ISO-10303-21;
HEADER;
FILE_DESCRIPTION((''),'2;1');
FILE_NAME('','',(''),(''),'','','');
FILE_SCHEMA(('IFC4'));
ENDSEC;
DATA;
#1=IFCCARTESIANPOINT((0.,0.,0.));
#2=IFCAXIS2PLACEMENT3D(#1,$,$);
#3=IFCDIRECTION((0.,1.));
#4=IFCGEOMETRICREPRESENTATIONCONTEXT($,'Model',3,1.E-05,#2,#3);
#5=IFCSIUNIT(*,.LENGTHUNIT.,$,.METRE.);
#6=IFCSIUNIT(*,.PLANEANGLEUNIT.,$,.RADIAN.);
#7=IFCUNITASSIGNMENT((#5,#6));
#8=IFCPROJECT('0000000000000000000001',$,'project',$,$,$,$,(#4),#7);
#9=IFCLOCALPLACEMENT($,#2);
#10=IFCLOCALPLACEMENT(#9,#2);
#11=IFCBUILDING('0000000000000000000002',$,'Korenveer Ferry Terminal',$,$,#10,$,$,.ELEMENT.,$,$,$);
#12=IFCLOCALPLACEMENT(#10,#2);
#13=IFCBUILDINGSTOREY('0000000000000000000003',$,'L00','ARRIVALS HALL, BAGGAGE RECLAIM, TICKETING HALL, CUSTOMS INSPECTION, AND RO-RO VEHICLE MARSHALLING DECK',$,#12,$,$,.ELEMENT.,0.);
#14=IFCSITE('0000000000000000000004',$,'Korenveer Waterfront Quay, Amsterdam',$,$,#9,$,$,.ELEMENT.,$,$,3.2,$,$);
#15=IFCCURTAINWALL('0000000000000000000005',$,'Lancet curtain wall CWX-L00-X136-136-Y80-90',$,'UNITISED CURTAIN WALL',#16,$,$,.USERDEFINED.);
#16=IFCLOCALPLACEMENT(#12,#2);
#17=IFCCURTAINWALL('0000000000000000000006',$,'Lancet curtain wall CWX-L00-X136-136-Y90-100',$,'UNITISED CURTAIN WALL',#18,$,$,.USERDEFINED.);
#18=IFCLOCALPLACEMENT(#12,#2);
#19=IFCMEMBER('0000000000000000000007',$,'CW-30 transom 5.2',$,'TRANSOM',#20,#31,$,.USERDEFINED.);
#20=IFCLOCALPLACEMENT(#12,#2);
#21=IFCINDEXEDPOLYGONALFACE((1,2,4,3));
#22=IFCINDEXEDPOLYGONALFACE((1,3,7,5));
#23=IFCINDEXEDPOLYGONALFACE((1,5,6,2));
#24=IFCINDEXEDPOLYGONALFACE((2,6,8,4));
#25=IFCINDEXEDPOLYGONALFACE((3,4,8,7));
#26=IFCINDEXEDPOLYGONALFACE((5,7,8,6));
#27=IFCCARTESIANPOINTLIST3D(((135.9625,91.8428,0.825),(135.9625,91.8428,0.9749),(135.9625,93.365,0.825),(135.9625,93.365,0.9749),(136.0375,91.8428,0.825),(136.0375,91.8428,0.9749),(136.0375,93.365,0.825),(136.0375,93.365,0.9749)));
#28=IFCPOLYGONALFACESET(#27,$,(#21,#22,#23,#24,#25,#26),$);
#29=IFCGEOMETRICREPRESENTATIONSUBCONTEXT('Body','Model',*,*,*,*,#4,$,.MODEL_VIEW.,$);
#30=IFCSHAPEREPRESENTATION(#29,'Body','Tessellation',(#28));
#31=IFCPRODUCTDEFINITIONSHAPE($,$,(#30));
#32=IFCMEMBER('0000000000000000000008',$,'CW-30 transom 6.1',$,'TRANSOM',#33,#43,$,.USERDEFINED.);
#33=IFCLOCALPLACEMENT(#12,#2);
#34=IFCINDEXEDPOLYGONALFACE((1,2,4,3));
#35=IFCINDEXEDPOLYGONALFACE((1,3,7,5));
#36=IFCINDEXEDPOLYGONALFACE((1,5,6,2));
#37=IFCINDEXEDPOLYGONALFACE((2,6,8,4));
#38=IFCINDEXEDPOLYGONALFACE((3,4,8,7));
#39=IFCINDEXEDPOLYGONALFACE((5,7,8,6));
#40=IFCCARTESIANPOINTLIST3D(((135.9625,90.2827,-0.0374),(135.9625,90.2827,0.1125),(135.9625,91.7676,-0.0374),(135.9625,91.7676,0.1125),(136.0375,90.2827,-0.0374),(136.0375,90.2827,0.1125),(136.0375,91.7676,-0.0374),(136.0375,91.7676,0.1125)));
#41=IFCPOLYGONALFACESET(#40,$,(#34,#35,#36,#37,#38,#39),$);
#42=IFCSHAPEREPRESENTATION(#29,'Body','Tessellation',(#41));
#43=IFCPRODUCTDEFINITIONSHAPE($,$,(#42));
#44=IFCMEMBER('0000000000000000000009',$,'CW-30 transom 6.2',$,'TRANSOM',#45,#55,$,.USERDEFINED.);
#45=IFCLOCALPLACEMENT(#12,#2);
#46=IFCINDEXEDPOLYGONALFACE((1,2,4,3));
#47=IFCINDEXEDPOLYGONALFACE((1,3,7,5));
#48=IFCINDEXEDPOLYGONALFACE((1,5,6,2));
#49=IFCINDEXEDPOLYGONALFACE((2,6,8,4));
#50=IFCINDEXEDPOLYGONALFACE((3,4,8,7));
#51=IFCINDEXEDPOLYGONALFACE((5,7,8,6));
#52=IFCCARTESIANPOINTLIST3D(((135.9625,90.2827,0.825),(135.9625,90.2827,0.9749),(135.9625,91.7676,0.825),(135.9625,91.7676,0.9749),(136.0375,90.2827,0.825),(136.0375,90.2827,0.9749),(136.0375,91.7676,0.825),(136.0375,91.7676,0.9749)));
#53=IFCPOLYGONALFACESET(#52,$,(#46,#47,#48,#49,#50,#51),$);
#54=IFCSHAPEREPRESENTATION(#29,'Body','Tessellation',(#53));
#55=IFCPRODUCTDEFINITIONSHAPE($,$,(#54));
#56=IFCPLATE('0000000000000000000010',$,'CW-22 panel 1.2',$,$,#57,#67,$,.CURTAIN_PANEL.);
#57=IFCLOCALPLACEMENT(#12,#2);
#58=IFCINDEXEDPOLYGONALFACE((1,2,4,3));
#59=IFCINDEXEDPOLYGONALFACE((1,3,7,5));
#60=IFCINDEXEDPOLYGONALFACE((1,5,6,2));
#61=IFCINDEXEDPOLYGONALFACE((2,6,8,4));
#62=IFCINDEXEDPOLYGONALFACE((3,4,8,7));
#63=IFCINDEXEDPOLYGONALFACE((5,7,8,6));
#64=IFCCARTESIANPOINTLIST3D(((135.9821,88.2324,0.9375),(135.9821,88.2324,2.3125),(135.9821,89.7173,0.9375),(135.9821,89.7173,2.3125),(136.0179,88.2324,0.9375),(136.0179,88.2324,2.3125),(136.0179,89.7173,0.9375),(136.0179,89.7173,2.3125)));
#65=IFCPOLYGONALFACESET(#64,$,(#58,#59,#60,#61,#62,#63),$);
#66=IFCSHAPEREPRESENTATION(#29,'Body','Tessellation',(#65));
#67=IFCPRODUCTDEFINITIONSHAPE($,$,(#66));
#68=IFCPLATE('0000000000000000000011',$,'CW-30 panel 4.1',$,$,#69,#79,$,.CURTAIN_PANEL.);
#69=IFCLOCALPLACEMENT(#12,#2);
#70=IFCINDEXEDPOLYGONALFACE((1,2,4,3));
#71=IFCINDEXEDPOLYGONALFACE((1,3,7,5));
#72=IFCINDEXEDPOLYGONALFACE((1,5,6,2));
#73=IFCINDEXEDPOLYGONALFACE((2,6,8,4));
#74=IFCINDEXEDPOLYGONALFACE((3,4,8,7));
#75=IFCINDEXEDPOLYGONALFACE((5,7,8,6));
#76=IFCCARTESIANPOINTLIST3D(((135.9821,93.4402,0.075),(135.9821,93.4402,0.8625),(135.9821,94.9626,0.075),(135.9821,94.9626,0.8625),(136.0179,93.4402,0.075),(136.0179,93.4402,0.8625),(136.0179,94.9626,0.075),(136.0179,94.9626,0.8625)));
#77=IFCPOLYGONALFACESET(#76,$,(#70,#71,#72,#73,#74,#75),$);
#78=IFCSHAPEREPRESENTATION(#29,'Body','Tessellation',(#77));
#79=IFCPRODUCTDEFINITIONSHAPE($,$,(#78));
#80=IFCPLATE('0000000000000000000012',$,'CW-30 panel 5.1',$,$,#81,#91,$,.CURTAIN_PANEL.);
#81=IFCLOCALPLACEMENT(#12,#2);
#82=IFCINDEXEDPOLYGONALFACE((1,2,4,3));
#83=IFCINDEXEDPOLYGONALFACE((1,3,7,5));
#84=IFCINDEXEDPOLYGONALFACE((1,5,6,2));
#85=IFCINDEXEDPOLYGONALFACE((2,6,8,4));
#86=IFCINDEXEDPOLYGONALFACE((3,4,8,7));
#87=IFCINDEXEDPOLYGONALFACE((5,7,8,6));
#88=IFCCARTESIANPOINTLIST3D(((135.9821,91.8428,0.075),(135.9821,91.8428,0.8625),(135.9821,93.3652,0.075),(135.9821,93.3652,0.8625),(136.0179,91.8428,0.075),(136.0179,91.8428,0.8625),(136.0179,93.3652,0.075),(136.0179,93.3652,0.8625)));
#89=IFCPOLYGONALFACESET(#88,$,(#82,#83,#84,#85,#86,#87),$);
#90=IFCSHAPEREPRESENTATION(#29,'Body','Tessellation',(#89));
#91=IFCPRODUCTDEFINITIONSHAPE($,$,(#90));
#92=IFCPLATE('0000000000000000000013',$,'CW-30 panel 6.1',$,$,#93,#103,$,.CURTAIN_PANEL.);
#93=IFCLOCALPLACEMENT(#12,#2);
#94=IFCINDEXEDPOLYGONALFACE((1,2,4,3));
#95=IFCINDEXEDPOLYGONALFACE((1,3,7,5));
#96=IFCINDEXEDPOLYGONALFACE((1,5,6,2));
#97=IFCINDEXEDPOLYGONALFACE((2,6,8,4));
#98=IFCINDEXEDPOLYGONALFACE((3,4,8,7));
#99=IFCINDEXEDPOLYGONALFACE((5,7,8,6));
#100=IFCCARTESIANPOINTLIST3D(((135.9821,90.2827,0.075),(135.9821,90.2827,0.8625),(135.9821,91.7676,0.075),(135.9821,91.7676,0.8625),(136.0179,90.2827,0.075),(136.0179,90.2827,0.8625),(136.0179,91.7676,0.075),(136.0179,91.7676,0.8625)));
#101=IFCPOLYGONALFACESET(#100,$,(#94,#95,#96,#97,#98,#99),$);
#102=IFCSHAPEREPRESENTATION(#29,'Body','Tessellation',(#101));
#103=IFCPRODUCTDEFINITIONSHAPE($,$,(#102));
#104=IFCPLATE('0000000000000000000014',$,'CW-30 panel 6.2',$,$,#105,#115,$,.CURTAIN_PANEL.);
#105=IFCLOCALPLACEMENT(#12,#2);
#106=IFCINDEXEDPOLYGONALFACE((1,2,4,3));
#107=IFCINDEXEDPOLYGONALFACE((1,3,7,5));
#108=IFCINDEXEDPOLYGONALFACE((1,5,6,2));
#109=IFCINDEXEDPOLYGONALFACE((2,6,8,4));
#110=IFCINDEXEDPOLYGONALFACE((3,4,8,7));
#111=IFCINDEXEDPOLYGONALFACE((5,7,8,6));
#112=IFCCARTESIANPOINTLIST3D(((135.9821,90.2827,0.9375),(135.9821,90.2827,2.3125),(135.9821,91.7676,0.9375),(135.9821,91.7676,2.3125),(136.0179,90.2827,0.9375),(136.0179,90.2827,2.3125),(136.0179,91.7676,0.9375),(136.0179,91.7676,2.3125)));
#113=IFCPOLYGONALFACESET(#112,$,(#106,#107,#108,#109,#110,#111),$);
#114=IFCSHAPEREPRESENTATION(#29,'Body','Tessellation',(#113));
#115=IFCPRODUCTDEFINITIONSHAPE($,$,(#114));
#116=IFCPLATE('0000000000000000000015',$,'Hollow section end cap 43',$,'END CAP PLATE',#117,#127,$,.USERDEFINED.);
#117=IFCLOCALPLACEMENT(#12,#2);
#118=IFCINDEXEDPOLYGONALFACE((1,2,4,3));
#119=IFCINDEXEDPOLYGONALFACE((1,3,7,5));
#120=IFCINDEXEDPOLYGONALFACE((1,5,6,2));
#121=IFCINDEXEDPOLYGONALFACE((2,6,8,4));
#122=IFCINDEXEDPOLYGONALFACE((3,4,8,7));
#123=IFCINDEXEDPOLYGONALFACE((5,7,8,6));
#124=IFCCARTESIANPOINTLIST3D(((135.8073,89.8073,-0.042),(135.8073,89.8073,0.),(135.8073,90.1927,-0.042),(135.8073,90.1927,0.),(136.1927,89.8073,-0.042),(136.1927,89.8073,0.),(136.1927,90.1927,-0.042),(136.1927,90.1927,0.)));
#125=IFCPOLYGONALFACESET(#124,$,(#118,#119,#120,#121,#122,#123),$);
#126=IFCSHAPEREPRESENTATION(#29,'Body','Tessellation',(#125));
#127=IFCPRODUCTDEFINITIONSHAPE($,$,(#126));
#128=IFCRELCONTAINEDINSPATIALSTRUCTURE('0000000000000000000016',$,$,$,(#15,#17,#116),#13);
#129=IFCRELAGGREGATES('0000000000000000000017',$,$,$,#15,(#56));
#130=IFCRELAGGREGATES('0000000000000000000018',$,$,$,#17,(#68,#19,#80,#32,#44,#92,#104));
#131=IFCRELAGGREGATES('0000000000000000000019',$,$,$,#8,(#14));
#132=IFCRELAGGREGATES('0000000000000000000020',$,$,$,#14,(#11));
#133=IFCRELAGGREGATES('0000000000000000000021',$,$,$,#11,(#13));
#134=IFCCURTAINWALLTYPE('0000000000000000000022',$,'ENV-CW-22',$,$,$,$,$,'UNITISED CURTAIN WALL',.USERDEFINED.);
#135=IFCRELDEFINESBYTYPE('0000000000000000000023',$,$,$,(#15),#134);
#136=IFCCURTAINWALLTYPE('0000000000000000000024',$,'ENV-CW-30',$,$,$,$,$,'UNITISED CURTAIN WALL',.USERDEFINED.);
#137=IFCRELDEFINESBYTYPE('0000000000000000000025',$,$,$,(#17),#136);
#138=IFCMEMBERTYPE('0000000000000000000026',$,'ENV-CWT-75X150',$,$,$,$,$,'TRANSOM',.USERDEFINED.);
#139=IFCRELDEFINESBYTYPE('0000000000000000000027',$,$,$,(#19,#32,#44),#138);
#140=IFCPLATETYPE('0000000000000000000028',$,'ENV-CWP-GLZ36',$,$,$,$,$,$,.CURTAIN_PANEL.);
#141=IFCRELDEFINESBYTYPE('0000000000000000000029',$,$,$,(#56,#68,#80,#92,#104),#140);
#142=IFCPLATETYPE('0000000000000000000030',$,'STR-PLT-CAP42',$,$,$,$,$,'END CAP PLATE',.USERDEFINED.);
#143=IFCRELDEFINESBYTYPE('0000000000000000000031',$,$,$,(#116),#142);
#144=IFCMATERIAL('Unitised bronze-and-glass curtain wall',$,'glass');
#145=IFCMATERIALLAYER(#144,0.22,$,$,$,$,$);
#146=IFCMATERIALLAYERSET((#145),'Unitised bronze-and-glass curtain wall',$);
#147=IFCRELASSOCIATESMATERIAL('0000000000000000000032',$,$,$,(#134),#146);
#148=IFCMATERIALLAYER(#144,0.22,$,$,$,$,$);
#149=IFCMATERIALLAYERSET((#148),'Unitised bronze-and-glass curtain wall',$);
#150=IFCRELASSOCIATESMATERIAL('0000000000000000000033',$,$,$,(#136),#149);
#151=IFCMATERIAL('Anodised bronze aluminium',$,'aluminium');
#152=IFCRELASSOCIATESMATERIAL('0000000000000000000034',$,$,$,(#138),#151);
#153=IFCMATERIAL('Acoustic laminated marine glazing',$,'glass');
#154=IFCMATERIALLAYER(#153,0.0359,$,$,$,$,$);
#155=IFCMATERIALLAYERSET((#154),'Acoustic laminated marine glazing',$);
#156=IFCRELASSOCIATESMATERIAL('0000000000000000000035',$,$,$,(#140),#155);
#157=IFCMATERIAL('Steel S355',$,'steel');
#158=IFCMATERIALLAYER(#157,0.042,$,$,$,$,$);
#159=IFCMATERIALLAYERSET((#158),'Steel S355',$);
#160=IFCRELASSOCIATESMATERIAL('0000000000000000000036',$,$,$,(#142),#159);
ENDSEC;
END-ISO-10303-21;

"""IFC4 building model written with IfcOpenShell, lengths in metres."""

from ifc_helpers import new_model, si_unit, direction, frame, origin, origin_2d, place, context, subcontext, project, spatial, rectangle, extrude, material, layer, layer_set, material_profile, profile_set, type_object, element, aggregate, save


model = new_model("IFC4")

# Units and contexts
model_context = context("Model", 3, precision=1e-05, world=origin(), true_north=direction((0.0, 1.0)))
body_context = subcontext(model_context, "Body", "Model", "MODEL_VIEW")
ifc_project = project(units=[si_unit("LENGTHUNIT", "METRE"), si_unit("PLANEANGLEUNIT", "RADIAN")], contexts=[model_context])

# Site, building, storey
site_placement = place(None, origin())
site = spatial("IfcSite", under=ifc_project, at=site_placement, Name="Korenveer Waterfront Quay, Amsterdam", CompositionType="ELEMENT", RefElevation=3.2)
building_placement = place(site_placement, origin())
building = spatial("IfcBuilding", under=site, at=building_placement, Name="Korenveer Ferry Terminal", CompositionType="ELEMENT")
storey_placement = place(building_placement, origin())
storey = spatial("IfcBuildingStorey", under=building, at=storey_placement, Name="L00", Description="ARRIVALS HALL, BAGGAGE RECLAIM, TICKETING HALL, CUSTOMS INSPECTION, AND RO-RO VEHICLE MARSHALLING DECK", CompositionType="ELEMENT", Elevation=0.0)

# Shared definitions
ifc_material_1 = material(Name="Steel S355", Category="steel")

# Curtain wall
ifc_material_2 = material(Name="Unitised bronze-and-glass curtain wall", Category="glass")
ifc_layer_1 = layer(ifc_material_2, 0.22)
ifc_layer_set_1 = layer_set([ifc_layer_1], Name="Unitised bronze-and-glass curtain wall")
curtain_wall_type_1 = type_object("IfcCurtainWallType", Name="ENV-CW-22", ElementType="UNITISED CURTAIN WALL", PredefinedType="USERDEFINED", material=ifc_layer_set_1)
curtain_wall_1_placement = place(storey_placement, frame((136.0, 89.7922, 0.0)))
curtain_wall_1 = element("IfcCurtainWall", 1, at=curtain_wall_1_placement, inside=storey, type_object=curtain_wall_type_1, Name="Lancet curtain wall CWX-L00-X136-136-Y80-90", ObjectType="UNITISED CURTAIN WALL", PredefinedType="USERDEFINED")
ifc_material_3 = material(Name="Anodised bronze aluminium", Category="aluminium")

# Curtain wall
ifc_layer_2 = layer(ifc_material_2, 0.22)
ifc_layer_set_2 = layer_set([ifc_layer_2], Name="Unitised bronze-and-glass curtain wall")
curtain_wall_type_2 = type_object("IfcCurtainWallType", Name="ENV-CW-30", ElementType="UNITISED CURTAIN WALL", PredefinedType="USERDEFINED", material=ifc_layer_set_2)
curtain_wall_2_placement = place(storey_placement, frame((136.0, 99.7922, 0.0)))
curtain_wall_2 = element("IfcCurtainWall", 2, at=curtain_wall_2_placement, inside=storey, type_object=curtain_wall_type_2, Name="Lancet curtain wall CWX-L00-X136-136-Y90-100", ObjectType="UNITISED CURTAIN WALL", PredefinedType="USERDEFINED")

# Members
ifc_material_profile_1 = material_profile(ifc_material_3, rectangle(XDim=0.075, YDim=0.1499, at=origin_2d()), Name="ALU 75x150")
ifc_profile_set_1 = profile_set([ifc_material_profile_1], Name="Anodised bronze aluminium")
member_type_1 = type_object("IfcMemberType", Name="ENV-CWT-75X150", ElementType="TRANSOM", PredefinedType="USERDEFINED", material=ifc_profile_set_1)
member_1_placement = place(storey_placement, frame((136.0, 93.365, 0.8999), z_axis=(0.0, -1.0, 0.0), x_axis=(1.0, 0.0, 0.0)))
member_1 = element("IfcMember", 3, at=member_1_placement, type_object=member_type_1, Name="CW-30 transom 5.2", ObjectType="TRANSOM", PredefinedType="USERDEFINED", context=body_context, shape_type="SweptSolid", body=[
    extrude(rectangle(XDim=0.075, YDim=0.1499, at=origin_2d()), origin(), (0.0, 0.0, 1.0), 1.5222),
])
member_2_placement = place(storey_placement, frame((136.0, 91.7676, 0.0376), z_axis=(0.0, -1.0, 0.0), x_axis=(1.0, 0.0, 0.0)))
member_2 = element("IfcMember", 4, at=member_2_placement, type_object=member_type_1, Name="CW-30 transom 6.1", ObjectType="TRANSOM", PredefinedType="USERDEFINED", context=body_context, shape_type="SweptSolid", body=[
    extrude(rectangle(XDim=0.075, YDim=0.1499, at=origin_2d()), origin(), (0.0, 0.0, 1.0), 1.4849),
])
member_3_placement = place(storey_placement, frame((136.0, 91.7676, 0.8999), z_axis=(0.0, -1.0, 0.0), x_axis=(1.0, 0.0, 0.0)))
member_3 = element("IfcMember", 5, at=member_3_placement, type_object=member_type_1, Name="CW-30 transom 6.2", ObjectType="TRANSOM", PredefinedType="USERDEFINED", context=body_context, shape_type="SweptSolid", body=[
    extrude(rectangle(XDim=0.075, YDim=0.1499, at=origin_2d()), origin(), (0.0, 0.0, 1.0), 1.4849),
])

# Plates
ifc_material_4 = material(Name="Acoustic laminated marine glazing", Category="glass")
ifc_layer_3 = layer(ifc_material_4, 0.0359)
ifc_layer_set_3 = layer_set([ifc_layer_3], Name="Acoustic laminated marine glazing")
plate_type_1 = type_object("IfcPlateType", Name="ENV-CWP-GLZ36", PredefinedType="CURTAIN_PANEL", material=ifc_layer_set_3)
plate_1_placement = place(storey_placement, frame((136.0, 88.9749, 0.9375), z_axis=(0.0, 0.0, 1.0), x_axis=(0.0, -1.0, 0.0)))
plate_1 = element("IfcPlate", 6, at=plate_1_placement, type_object=plate_type_1, Name="CW-22 panel 1.2", PredefinedType="CURTAIN_PANEL", context=body_context, shape_type="SweptSolid", body=[
    extrude(rectangle(XDim=1.4849, YDim=0.0359, at=origin_2d()), origin(), (0.0, 0.0, 1.0), 1.375),
])
aggregate(curtain_wall_1, [plate_1])
plate_2_placement = place(storey_placement, frame((136.0, 94.2014, 0.075), z_axis=(0.0, 0.0, 1.0), x_axis=(0.0, -1.0, 0.0)))
plate_2 = element("IfcPlate", 7, at=plate_2_placement, type_object=plate_type_1, Name="CW-30 panel 4.1", PredefinedType="CURTAIN_PANEL", context=body_context, shape_type="SweptSolid", body=[
    extrude(rectangle(XDim=1.5225, YDim=0.0359, at=origin_2d()), origin(), (0.0, 0.0, 1.0), 0.7876),
])
plate_3_placement = place(storey_placement, frame((136.0, 92.604, 0.075), z_axis=(0.0, 0.0, 1.0), x_axis=(0.0, -1.0, 0.0)))
plate_3 = element("IfcPlate", 8, at=plate_3_placement, type_object=plate_type_1, Name="CW-30 panel 5.1", PredefinedType="CURTAIN_PANEL", context=body_context, shape_type="SweptSolid", body=[
    extrude(rectangle(XDim=1.5225, YDim=0.0359, at=origin_2d()), origin(), (0.0, 0.0, 1.0), 0.7876),
])
plate_4_placement = place(storey_placement, frame((136.0, 91.0251, 0.075), z_axis=(0.0, 0.0, 1.0), x_axis=(0.0, -1.0, 0.0)))
plate_4 = element("IfcPlate", 9, at=plate_4_placement, type_object=plate_type_1, Name="CW-30 panel 6.1", PredefinedType="CURTAIN_PANEL", context=body_context, shape_type="SweptSolid", body=[
    extrude(rectangle(XDim=1.4849, YDim=0.0359, at=origin_2d()), origin(), (0.0, 0.0, 1.0), 0.7876),
])
plate_5_placement = place(storey_placement, frame((136.0, 91.0251, 0.9375), z_axis=(0.0, 0.0, 1.0), x_axis=(0.0, -1.0, 0.0)))
plate_5 = element("IfcPlate", 10, at=plate_5_placement, type_object=plate_type_1, Name="CW-30 panel 6.2", PredefinedType="CURTAIN_PANEL", context=body_context, shape_type="SweptSolid", body=[
    extrude(rectangle(XDim=1.4849, YDim=0.0359, at=origin_2d()), origin(), (0.0, 0.0, 1.0), 1.375),
])
aggregate(curtain_wall_2, [plate_2, member_1, plate_3, member_2, member_3, plate_4, plate_5])
ifc_layer_4 = layer(ifc_material_1, 0.042)
ifc_layer_set_4 = layer_set([ifc_layer_4], Name="Steel S355")
plate_type_2 = type_object("IfcPlateType", Name="STR-PLT-CAP42", ElementType="END CAP PLATE", PredefinedType="USERDEFINED", material=ifc_layer_set_4)
plate_6_placement = place(storey_placement, frame((136.0, 90.0, -0.042), z_axis=(0.0, 0.0, 1.0), x_axis=(1.0, 0.0, 0.0)))
element("IfcPlate", 11, at=plate_6_placement, inside=storey, type_object=plate_type_2, Name="Hollow section end cap 43", ObjectType="END CAP PLATE", PredefinedType="USERDEFINED", context=body_context, shape_type="SweptSolid", body=[
    extrude(rectangle(XDim=0.3855, YDim=0.3855, at=origin_2d()), origin(), (0.0, 0.0, 1.0), 0.042),
])

save(model, "model.ifc")
